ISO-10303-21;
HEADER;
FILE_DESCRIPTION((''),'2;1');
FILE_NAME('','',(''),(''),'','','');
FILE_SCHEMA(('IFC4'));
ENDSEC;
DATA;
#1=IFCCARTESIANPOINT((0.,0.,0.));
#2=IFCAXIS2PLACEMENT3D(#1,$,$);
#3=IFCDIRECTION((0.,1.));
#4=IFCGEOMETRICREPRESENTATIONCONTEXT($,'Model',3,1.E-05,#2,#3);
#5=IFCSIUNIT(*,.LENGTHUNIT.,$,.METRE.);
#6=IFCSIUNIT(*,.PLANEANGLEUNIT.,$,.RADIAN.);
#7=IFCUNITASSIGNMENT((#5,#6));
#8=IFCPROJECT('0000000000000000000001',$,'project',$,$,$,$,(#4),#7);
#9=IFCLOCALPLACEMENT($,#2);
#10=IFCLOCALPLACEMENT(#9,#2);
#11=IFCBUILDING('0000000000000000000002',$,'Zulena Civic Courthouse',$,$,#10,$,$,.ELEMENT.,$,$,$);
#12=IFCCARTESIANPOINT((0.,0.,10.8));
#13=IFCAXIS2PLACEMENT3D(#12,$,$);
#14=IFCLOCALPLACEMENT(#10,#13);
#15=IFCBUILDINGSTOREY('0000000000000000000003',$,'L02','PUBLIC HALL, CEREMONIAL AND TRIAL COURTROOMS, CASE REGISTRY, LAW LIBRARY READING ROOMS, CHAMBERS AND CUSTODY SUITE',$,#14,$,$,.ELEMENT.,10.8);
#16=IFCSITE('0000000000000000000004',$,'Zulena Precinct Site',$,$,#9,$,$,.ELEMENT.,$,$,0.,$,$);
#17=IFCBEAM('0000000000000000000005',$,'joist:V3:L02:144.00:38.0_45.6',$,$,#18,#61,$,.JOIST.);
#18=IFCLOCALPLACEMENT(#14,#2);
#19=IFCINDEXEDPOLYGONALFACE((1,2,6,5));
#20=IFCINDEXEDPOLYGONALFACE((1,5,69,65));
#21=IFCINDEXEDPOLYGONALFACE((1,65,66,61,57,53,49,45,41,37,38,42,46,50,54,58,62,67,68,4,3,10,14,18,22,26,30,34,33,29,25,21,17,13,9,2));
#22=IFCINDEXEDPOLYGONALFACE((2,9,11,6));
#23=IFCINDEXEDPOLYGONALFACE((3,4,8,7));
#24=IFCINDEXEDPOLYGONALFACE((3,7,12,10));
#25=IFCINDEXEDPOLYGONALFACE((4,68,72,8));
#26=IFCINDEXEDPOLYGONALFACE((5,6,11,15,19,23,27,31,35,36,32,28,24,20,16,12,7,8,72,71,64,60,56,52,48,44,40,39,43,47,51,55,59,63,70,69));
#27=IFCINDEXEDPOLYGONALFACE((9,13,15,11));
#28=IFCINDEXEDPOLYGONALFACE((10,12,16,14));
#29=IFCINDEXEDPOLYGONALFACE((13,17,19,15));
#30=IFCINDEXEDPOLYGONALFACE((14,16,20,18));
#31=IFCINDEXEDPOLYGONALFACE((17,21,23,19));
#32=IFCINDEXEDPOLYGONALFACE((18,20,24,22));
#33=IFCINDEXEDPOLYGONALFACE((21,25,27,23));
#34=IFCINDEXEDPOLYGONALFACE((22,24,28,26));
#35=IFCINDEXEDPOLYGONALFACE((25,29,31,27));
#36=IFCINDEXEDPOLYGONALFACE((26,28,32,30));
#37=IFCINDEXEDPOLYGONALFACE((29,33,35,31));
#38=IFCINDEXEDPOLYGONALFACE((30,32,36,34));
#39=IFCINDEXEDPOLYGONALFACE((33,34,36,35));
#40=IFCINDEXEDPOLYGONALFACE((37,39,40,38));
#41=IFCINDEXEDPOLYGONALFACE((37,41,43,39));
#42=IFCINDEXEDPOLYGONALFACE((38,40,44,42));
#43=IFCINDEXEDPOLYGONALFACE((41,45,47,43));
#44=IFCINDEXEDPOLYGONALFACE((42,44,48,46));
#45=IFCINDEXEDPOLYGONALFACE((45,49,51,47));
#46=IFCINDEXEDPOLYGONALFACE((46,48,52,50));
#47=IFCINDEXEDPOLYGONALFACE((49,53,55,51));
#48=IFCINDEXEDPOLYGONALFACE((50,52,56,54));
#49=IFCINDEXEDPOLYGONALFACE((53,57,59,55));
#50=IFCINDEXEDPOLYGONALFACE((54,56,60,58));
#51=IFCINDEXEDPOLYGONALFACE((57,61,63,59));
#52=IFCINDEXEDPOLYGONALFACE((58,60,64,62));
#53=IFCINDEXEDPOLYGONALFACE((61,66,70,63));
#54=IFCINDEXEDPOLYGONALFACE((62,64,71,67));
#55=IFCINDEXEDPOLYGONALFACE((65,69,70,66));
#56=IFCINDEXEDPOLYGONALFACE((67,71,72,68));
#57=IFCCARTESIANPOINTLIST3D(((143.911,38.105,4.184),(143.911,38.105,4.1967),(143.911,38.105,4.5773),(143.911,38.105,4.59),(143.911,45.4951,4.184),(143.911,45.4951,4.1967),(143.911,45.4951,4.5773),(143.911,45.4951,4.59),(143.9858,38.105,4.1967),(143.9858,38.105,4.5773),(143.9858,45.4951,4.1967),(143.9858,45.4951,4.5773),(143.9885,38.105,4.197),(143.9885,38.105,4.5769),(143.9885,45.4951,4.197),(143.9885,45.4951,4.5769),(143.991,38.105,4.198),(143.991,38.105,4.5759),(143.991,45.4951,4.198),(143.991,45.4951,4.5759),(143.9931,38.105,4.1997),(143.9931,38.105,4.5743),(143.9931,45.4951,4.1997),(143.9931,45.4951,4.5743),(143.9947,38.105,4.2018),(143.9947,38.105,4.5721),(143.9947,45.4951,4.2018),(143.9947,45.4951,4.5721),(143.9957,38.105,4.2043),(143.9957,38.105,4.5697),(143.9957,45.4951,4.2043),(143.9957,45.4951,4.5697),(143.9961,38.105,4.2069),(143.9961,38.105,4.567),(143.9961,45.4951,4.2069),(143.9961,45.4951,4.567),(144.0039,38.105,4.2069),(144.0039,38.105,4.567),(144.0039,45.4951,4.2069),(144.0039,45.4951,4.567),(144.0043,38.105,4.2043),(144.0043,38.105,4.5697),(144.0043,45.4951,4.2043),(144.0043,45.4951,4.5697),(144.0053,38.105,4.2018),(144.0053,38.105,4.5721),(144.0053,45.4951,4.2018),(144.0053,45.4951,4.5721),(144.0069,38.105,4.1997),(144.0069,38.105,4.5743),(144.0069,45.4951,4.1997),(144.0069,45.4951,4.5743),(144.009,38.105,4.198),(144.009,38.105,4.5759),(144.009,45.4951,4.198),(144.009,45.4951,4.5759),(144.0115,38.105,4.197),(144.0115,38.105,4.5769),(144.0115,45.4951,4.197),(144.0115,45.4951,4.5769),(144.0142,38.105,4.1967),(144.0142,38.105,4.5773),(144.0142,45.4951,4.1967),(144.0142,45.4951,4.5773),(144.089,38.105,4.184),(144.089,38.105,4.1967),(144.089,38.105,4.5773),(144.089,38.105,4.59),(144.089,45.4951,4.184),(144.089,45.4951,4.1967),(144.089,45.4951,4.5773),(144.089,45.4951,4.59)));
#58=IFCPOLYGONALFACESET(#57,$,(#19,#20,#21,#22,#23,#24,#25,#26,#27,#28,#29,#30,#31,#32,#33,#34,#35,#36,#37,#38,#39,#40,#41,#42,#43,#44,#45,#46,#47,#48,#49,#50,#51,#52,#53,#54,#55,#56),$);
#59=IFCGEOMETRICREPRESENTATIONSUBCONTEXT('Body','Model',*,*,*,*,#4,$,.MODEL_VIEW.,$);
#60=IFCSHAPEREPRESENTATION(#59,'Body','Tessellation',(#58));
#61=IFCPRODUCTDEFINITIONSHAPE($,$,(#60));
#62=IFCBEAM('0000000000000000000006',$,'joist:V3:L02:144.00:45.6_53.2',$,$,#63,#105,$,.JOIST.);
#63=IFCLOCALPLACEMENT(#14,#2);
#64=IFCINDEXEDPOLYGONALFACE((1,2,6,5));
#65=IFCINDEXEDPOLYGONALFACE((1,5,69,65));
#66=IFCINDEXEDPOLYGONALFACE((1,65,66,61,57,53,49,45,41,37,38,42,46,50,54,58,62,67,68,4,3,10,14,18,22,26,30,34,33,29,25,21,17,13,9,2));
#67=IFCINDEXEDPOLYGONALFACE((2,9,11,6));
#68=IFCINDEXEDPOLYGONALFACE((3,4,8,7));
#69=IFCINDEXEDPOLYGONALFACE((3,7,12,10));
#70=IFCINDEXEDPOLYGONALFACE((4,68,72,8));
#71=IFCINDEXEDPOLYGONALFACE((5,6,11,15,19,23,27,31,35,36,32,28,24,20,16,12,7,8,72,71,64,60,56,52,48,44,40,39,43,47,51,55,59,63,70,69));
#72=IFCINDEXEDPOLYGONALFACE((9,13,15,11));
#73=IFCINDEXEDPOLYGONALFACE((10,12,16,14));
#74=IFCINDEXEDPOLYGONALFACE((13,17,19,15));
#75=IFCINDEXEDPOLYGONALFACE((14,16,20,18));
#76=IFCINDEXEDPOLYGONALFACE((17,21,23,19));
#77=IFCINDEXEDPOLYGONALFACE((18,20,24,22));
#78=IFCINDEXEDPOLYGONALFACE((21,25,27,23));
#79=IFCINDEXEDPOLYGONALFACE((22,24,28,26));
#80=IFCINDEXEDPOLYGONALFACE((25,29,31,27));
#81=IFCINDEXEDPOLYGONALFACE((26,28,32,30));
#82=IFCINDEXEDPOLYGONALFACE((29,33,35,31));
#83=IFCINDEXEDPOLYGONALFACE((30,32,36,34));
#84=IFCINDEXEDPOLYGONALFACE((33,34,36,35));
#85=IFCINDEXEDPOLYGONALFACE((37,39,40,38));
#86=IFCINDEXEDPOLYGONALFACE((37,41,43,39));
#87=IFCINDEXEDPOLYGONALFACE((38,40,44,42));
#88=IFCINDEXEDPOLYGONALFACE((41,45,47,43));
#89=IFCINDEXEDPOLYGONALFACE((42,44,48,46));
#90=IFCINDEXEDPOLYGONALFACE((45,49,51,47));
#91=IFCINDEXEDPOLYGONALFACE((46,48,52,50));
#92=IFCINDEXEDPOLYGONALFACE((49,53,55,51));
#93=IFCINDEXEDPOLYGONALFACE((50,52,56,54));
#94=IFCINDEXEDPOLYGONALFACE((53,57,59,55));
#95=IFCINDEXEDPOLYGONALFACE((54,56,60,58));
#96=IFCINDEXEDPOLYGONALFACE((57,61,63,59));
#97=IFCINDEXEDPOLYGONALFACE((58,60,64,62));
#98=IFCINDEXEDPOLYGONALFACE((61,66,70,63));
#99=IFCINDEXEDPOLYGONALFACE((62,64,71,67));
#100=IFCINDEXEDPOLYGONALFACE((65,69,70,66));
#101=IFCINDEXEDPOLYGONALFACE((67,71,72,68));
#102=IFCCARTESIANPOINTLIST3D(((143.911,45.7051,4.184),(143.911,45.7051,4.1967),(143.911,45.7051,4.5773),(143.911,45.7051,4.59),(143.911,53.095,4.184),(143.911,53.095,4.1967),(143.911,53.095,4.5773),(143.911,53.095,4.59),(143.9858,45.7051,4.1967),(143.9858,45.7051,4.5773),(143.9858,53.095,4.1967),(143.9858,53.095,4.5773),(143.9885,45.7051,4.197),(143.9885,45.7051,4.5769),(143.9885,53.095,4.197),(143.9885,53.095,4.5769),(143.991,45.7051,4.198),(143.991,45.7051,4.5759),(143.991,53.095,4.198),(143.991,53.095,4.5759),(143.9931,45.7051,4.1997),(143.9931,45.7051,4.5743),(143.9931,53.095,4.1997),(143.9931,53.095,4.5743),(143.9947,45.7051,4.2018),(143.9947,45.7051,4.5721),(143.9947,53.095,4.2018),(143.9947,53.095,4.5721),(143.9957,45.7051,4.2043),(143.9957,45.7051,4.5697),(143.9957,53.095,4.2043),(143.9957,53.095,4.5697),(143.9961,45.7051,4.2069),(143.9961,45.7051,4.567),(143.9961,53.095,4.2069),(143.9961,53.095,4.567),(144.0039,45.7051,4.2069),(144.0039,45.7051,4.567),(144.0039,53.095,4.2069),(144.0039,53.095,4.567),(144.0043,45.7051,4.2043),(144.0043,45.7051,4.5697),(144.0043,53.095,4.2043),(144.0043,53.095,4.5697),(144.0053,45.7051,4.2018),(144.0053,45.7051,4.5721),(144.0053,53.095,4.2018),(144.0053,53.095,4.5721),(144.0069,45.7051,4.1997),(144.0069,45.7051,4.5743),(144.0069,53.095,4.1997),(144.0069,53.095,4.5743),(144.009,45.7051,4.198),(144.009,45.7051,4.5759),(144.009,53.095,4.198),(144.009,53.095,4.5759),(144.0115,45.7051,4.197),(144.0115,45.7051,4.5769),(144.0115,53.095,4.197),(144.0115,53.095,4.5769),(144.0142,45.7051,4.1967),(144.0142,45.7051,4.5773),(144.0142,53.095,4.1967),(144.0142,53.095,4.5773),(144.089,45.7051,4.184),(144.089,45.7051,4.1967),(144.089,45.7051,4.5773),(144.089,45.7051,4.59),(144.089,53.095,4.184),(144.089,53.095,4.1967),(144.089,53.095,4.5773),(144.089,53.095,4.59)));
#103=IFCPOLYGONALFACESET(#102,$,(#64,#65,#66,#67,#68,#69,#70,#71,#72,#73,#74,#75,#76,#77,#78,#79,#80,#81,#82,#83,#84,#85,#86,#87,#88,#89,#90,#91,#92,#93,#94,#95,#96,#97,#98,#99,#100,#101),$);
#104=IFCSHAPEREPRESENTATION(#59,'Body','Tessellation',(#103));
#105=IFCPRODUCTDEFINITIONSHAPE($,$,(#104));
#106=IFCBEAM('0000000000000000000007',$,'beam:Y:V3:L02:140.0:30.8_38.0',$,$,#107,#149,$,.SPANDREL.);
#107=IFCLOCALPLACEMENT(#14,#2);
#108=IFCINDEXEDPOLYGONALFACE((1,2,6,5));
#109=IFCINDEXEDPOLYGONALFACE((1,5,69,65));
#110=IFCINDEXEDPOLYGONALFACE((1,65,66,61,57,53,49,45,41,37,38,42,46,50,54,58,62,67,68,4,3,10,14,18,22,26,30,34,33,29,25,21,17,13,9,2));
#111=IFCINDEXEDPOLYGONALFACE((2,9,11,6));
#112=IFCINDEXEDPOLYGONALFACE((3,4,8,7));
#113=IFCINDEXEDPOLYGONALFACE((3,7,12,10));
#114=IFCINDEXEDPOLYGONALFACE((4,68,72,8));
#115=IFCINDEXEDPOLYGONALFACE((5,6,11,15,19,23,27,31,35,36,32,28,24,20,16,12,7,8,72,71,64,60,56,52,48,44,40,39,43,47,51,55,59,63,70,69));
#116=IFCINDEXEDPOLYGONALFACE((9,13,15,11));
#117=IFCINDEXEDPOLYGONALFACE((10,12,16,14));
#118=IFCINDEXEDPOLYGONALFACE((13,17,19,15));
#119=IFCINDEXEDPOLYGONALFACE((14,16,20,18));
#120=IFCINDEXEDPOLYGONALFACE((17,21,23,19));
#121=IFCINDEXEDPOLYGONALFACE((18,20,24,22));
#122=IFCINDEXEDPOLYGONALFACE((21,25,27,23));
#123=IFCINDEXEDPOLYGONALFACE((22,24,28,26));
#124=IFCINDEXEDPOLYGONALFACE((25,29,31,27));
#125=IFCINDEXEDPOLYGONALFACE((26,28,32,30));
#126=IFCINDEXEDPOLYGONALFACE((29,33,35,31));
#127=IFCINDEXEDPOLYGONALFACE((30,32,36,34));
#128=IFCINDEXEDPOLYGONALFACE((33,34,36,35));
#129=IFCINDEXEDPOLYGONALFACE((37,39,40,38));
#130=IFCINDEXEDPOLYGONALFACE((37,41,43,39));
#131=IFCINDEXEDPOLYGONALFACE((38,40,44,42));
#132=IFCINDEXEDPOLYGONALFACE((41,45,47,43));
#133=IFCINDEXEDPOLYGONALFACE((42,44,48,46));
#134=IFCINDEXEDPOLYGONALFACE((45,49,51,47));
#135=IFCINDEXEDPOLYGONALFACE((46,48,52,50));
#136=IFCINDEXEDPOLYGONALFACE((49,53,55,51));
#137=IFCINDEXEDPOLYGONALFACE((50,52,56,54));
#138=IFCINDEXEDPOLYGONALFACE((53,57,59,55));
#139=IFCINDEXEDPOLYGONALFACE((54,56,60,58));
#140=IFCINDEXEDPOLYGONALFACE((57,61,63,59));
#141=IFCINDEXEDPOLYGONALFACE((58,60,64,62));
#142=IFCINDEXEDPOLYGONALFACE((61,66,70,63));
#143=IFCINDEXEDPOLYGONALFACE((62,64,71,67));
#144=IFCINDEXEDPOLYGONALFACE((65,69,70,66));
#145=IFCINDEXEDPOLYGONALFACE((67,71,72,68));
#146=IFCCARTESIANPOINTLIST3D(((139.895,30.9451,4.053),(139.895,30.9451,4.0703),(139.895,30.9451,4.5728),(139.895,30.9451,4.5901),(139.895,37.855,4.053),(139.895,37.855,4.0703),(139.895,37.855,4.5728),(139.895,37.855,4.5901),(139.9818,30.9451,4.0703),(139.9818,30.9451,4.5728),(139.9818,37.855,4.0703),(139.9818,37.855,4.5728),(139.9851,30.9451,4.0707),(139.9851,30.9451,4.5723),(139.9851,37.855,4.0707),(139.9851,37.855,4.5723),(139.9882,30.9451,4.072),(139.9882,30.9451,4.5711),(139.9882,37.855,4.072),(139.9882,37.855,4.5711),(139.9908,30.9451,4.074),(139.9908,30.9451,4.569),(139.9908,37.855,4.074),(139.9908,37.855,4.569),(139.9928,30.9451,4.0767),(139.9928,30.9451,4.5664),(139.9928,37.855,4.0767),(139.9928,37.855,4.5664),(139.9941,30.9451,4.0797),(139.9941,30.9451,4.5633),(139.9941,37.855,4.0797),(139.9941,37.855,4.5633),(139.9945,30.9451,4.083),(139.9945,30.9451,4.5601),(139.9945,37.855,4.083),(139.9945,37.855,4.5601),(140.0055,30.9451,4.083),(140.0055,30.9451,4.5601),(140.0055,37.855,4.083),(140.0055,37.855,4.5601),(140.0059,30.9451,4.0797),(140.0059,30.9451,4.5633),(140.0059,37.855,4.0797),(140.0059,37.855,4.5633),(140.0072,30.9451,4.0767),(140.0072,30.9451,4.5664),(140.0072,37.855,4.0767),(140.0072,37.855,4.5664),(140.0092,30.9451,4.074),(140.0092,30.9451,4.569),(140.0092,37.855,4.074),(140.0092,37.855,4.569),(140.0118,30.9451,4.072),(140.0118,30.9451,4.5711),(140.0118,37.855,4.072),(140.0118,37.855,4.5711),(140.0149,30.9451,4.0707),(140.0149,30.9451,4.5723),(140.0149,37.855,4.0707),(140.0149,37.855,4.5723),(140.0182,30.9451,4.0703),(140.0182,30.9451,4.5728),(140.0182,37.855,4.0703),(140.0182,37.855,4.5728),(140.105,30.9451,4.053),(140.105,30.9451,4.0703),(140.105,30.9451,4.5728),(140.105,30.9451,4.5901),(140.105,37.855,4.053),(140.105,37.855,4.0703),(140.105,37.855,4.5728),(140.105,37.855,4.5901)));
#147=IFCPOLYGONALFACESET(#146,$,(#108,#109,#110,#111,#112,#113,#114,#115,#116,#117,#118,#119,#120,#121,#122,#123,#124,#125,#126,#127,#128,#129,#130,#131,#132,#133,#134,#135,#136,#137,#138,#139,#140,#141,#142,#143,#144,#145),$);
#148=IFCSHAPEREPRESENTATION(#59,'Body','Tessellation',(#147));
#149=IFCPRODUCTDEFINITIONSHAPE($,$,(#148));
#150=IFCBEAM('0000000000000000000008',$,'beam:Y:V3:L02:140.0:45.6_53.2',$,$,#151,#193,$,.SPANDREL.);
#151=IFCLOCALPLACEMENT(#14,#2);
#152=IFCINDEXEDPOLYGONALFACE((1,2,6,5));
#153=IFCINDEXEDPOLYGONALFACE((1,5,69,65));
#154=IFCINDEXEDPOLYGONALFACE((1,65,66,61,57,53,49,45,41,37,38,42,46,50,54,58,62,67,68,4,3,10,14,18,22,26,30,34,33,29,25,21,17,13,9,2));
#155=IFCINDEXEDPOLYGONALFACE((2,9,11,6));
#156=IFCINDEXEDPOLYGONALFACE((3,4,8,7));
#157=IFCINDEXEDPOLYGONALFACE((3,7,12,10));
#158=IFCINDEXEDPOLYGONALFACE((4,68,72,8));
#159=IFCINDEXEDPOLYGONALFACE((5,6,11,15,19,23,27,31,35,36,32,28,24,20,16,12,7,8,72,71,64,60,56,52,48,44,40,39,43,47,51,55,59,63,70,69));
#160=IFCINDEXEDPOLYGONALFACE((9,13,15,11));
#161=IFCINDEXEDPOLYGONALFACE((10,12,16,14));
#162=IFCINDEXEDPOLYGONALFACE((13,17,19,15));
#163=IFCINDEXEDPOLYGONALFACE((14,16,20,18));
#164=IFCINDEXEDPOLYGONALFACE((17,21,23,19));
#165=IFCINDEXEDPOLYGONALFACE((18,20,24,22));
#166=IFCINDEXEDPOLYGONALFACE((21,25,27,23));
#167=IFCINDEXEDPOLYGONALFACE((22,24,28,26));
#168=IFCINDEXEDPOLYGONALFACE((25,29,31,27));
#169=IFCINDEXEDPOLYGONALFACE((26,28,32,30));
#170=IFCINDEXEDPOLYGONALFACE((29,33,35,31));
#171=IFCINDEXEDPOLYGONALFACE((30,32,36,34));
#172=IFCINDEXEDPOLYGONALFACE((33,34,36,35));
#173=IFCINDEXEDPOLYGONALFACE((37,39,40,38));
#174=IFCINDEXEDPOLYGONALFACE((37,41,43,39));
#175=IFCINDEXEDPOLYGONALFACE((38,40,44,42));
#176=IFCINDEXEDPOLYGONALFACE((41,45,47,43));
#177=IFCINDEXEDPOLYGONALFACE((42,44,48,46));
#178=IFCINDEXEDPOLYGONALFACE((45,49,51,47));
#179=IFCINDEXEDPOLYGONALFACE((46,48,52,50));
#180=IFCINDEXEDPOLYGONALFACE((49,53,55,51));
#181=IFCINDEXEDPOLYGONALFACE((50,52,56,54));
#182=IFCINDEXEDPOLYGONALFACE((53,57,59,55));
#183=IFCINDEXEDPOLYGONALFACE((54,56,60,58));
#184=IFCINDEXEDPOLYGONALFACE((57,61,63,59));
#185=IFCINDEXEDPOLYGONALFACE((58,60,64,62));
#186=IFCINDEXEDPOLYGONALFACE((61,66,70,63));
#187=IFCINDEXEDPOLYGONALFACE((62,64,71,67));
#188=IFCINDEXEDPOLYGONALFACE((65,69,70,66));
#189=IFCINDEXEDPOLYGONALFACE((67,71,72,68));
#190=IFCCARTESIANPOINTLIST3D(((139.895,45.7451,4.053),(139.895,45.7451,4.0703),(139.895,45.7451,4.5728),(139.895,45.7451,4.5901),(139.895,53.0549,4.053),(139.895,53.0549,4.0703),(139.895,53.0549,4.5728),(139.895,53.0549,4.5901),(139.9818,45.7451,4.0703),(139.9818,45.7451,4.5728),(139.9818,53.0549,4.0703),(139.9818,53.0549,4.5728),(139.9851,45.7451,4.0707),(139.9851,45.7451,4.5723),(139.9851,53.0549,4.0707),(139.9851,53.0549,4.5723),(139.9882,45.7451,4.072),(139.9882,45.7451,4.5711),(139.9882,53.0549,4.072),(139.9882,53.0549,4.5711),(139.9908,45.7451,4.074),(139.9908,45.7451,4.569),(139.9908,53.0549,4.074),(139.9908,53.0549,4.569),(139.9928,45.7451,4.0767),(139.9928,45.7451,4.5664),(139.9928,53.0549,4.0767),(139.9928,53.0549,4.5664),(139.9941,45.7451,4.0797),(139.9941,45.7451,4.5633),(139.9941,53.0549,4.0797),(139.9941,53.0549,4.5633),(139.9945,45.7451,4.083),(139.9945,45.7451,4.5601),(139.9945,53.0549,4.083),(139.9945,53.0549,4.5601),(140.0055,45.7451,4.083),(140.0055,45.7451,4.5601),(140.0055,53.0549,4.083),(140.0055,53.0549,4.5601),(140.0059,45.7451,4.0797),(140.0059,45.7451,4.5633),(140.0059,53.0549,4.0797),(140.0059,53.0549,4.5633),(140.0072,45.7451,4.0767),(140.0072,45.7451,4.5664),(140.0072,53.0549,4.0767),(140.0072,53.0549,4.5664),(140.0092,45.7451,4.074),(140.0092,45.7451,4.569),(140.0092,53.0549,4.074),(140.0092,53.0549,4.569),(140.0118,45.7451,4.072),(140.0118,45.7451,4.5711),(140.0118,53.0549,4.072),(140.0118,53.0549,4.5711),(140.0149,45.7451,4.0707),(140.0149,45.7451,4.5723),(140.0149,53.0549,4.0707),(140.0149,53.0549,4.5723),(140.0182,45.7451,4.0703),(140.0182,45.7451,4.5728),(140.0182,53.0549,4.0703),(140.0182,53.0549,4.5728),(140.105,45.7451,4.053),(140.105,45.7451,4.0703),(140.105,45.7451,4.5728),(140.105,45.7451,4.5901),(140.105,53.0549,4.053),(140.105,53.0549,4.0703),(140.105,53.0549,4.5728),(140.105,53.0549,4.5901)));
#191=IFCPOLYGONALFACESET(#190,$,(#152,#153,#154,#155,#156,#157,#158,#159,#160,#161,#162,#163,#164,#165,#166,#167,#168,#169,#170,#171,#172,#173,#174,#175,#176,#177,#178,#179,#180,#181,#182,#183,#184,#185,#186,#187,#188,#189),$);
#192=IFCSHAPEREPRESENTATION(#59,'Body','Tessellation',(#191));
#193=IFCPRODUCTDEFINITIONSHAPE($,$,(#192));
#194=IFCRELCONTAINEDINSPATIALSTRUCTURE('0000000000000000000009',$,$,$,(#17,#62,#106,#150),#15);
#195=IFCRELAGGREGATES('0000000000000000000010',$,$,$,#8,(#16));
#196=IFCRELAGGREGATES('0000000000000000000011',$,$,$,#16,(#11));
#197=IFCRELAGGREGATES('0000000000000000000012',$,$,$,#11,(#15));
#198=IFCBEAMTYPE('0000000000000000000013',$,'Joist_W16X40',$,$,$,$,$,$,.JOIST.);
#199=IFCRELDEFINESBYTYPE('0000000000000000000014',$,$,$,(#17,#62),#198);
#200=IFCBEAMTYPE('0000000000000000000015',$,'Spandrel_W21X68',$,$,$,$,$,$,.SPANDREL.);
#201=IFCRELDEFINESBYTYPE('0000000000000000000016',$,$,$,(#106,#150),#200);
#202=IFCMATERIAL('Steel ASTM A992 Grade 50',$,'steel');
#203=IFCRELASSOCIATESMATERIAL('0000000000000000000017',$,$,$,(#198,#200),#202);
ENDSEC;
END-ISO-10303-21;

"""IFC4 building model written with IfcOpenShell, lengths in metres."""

from ifc_helpers import new_model, si_unit, direction, frame, origin, origin_2d, place, context, subcontext, project, spatial, i_section, extrude, material, material_profile, profile_set, type_object, element, save


model = new_model("IFC4")

# Units and contexts
model_context = context("Model", 3, precision=1e-05, world=origin(), true_north=direction((0.0, 1.0)))
body_context = subcontext(model_context, "Body", "Model", "MODEL_VIEW")
ifc_project = project(units=[si_unit("LENGTHUNIT", "METRE"), si_unit("PLANEANGLEUNIT", "RADIAN")], contexts=[model_context])

# Site, building, storey
site_placement = place(None, origin())
site = spatial("IfcSite", under=ifc_project, at=site_placement, Name="Zulena Precinct Site", CompositionType="ELEMENT", RefElevation=0.0)
building_placement = place(site_placement, origin())
building = spatial("IfcBuilding", under=site, at=building_placement, Name="Zulena Civic Courthouse", CompositionType="ELEMENT")
storey_placement = place(building_placement, frame((0.0, 0.0, 10.8)))
storey = spatial("IfcBuildingStorey", under=building, at=storey_placement, Name="L02", Description="PUBLIC HALL, CEREMONIAL AND TRIAL COURTROOMS, CASE REGISTRY, LAW LIBRARY READING ROOMS, CHAMBERS AND CUSTODY SUITE", CompositionType="ELEMENT", Elevation=10.8)

# Shared definitions
ifc_material_1 = material(Name="Steel ASTM A992 Grade 50", Category="steel")

# Beams
ifc_material_profile_1 = material_profile(ifc_material_1, i_section(OverallWidth=0.178, OverallDepth=0.406, WebThickness=0.0078, FlangeThickness=0.0127, FilletRadius=0.0103, at=origin_2d()), Name="W16X40")
ifc_profile_set_1 = profile_set([ifc_material_profile_1], Name="Steel ASTM A992 Grade 50")
beam_type_1 = type_object("IfcBeamType", Name="Joist_W16X40", PredefinedType="JOIST", material=ifc_profile_set_1)
beam_1_placement = place(storey_placement, frame((144.0, 38.105, 4.387), z_axis=(0.0, 1.0, 0.0), x_axis=(-1.0, 0.0, 0.0)))
element("IfcBeam", 1, at=beam_1_placement, inside=storey, type_object=beam_type_1, Name="joist:V3:L02:144.00:38.0_45.6", PredefinedType="JOIST", context=body_context, shape_type="SweptSolid", body=[
    extrude(i_section(OverallWidth=0.178, OverallDepth=0.406, WebThickness=0.0078, FlangeThickness=0.0127, FilletRadius=0.0103, at=origin_2d()), origin(), (0.0, 0.0, 1.0), 7.3901),
])
beam_2_placement = place(storey_placement, frame((144.0, 45.7051, 4.387), z_axis=(0.0, 1.0, 0.0), x_axis=(-1.0, 0.0, 0.0)))
element("IfcBeam", 2, at=beam_2_placement, inside=storey, type_object=beam_type_1, Name="joist:V3:L02:144.00:45.6_53.2", PredefinedType="JOIST", context=body_context, shape_type="SweptSolid", body=[
    extrude(i_section(OverallWidth=0.178, OverallDepth=0.406, WebThickness=0.0078, FlangeThickness=0.0127, FilletRadius=0.0103, at=origin_2d()), origin(), (0.0, 0.0, 1.0), 7.3899),
])
ifc_material_profile_2 = material_profile(ifc_material_1, i_section(OverallWidth=0.21, OverallDepth=0.5371, WebThickness=0.011, FlangeThickness=0.0173, FilletRadius=0.0127, at=origin_2d()), Name="W21X68")
ifc_profile_set_2 = profile_set([ifc_material_profile_2], Name="Steel ASTM A992 Grade 50")
beam_type_2 = type_object("IfcBeamType", Name="Spandrel_W21X68", PredefinedType="SPANDREL", material=ifc_profile_set_2)
beam_3_placement = place(storey_placement, frame((140.0, 30.9451, 4.3215), z_axis=(0.0, 1.0, 0.0), x_axis=(-1.0, 0.0, 0.0)))
element("IfcBeam", 3, at=beam_3_placement, inside=storey, type_object=beam_type_2, Name="beam:Y:V3:L02:140.0:30.8_38.0", PredefinedType="SPANDREL", context=body_context, shape_type="SweptSolid", body=[
    extrude(i_section(OverallWidth=0.21, OverallDepth=0.5371, WebThickness=0.011, FlangeThickness=0.0173, FilletRadius=0.0127, at=origin_2d()), origin(), (0.0, 0.0, 1.0), 6.9099),
])
beam_4_placement = place(storey_placement, frame((140.0, 45.7451, 4.3215), z_axis=(0.0, 1.0, 0.0), x_axis=(-1.0, 0.0, 0.0)))
element("IfcBeam", 4, at=beam_4_placement, inside=storey, type_object=beam_type_2, Name="beam:Y:V3:L02:140.0:45.6_53.2", PredefinedType="SPANDREL", context=body_context, shape_type="SweptSolid", body=[
    extrude(i_section(OverallWidth=0.21, OverallDepth=0.5371, WebThickness=0.011, FlangeThickness=0.0173, FilletRadius=0.0127, at=origin_2d()), origin(), (0.0, 0.0, 1.0), 7.3098),
])

save(model, "model.ifc")
